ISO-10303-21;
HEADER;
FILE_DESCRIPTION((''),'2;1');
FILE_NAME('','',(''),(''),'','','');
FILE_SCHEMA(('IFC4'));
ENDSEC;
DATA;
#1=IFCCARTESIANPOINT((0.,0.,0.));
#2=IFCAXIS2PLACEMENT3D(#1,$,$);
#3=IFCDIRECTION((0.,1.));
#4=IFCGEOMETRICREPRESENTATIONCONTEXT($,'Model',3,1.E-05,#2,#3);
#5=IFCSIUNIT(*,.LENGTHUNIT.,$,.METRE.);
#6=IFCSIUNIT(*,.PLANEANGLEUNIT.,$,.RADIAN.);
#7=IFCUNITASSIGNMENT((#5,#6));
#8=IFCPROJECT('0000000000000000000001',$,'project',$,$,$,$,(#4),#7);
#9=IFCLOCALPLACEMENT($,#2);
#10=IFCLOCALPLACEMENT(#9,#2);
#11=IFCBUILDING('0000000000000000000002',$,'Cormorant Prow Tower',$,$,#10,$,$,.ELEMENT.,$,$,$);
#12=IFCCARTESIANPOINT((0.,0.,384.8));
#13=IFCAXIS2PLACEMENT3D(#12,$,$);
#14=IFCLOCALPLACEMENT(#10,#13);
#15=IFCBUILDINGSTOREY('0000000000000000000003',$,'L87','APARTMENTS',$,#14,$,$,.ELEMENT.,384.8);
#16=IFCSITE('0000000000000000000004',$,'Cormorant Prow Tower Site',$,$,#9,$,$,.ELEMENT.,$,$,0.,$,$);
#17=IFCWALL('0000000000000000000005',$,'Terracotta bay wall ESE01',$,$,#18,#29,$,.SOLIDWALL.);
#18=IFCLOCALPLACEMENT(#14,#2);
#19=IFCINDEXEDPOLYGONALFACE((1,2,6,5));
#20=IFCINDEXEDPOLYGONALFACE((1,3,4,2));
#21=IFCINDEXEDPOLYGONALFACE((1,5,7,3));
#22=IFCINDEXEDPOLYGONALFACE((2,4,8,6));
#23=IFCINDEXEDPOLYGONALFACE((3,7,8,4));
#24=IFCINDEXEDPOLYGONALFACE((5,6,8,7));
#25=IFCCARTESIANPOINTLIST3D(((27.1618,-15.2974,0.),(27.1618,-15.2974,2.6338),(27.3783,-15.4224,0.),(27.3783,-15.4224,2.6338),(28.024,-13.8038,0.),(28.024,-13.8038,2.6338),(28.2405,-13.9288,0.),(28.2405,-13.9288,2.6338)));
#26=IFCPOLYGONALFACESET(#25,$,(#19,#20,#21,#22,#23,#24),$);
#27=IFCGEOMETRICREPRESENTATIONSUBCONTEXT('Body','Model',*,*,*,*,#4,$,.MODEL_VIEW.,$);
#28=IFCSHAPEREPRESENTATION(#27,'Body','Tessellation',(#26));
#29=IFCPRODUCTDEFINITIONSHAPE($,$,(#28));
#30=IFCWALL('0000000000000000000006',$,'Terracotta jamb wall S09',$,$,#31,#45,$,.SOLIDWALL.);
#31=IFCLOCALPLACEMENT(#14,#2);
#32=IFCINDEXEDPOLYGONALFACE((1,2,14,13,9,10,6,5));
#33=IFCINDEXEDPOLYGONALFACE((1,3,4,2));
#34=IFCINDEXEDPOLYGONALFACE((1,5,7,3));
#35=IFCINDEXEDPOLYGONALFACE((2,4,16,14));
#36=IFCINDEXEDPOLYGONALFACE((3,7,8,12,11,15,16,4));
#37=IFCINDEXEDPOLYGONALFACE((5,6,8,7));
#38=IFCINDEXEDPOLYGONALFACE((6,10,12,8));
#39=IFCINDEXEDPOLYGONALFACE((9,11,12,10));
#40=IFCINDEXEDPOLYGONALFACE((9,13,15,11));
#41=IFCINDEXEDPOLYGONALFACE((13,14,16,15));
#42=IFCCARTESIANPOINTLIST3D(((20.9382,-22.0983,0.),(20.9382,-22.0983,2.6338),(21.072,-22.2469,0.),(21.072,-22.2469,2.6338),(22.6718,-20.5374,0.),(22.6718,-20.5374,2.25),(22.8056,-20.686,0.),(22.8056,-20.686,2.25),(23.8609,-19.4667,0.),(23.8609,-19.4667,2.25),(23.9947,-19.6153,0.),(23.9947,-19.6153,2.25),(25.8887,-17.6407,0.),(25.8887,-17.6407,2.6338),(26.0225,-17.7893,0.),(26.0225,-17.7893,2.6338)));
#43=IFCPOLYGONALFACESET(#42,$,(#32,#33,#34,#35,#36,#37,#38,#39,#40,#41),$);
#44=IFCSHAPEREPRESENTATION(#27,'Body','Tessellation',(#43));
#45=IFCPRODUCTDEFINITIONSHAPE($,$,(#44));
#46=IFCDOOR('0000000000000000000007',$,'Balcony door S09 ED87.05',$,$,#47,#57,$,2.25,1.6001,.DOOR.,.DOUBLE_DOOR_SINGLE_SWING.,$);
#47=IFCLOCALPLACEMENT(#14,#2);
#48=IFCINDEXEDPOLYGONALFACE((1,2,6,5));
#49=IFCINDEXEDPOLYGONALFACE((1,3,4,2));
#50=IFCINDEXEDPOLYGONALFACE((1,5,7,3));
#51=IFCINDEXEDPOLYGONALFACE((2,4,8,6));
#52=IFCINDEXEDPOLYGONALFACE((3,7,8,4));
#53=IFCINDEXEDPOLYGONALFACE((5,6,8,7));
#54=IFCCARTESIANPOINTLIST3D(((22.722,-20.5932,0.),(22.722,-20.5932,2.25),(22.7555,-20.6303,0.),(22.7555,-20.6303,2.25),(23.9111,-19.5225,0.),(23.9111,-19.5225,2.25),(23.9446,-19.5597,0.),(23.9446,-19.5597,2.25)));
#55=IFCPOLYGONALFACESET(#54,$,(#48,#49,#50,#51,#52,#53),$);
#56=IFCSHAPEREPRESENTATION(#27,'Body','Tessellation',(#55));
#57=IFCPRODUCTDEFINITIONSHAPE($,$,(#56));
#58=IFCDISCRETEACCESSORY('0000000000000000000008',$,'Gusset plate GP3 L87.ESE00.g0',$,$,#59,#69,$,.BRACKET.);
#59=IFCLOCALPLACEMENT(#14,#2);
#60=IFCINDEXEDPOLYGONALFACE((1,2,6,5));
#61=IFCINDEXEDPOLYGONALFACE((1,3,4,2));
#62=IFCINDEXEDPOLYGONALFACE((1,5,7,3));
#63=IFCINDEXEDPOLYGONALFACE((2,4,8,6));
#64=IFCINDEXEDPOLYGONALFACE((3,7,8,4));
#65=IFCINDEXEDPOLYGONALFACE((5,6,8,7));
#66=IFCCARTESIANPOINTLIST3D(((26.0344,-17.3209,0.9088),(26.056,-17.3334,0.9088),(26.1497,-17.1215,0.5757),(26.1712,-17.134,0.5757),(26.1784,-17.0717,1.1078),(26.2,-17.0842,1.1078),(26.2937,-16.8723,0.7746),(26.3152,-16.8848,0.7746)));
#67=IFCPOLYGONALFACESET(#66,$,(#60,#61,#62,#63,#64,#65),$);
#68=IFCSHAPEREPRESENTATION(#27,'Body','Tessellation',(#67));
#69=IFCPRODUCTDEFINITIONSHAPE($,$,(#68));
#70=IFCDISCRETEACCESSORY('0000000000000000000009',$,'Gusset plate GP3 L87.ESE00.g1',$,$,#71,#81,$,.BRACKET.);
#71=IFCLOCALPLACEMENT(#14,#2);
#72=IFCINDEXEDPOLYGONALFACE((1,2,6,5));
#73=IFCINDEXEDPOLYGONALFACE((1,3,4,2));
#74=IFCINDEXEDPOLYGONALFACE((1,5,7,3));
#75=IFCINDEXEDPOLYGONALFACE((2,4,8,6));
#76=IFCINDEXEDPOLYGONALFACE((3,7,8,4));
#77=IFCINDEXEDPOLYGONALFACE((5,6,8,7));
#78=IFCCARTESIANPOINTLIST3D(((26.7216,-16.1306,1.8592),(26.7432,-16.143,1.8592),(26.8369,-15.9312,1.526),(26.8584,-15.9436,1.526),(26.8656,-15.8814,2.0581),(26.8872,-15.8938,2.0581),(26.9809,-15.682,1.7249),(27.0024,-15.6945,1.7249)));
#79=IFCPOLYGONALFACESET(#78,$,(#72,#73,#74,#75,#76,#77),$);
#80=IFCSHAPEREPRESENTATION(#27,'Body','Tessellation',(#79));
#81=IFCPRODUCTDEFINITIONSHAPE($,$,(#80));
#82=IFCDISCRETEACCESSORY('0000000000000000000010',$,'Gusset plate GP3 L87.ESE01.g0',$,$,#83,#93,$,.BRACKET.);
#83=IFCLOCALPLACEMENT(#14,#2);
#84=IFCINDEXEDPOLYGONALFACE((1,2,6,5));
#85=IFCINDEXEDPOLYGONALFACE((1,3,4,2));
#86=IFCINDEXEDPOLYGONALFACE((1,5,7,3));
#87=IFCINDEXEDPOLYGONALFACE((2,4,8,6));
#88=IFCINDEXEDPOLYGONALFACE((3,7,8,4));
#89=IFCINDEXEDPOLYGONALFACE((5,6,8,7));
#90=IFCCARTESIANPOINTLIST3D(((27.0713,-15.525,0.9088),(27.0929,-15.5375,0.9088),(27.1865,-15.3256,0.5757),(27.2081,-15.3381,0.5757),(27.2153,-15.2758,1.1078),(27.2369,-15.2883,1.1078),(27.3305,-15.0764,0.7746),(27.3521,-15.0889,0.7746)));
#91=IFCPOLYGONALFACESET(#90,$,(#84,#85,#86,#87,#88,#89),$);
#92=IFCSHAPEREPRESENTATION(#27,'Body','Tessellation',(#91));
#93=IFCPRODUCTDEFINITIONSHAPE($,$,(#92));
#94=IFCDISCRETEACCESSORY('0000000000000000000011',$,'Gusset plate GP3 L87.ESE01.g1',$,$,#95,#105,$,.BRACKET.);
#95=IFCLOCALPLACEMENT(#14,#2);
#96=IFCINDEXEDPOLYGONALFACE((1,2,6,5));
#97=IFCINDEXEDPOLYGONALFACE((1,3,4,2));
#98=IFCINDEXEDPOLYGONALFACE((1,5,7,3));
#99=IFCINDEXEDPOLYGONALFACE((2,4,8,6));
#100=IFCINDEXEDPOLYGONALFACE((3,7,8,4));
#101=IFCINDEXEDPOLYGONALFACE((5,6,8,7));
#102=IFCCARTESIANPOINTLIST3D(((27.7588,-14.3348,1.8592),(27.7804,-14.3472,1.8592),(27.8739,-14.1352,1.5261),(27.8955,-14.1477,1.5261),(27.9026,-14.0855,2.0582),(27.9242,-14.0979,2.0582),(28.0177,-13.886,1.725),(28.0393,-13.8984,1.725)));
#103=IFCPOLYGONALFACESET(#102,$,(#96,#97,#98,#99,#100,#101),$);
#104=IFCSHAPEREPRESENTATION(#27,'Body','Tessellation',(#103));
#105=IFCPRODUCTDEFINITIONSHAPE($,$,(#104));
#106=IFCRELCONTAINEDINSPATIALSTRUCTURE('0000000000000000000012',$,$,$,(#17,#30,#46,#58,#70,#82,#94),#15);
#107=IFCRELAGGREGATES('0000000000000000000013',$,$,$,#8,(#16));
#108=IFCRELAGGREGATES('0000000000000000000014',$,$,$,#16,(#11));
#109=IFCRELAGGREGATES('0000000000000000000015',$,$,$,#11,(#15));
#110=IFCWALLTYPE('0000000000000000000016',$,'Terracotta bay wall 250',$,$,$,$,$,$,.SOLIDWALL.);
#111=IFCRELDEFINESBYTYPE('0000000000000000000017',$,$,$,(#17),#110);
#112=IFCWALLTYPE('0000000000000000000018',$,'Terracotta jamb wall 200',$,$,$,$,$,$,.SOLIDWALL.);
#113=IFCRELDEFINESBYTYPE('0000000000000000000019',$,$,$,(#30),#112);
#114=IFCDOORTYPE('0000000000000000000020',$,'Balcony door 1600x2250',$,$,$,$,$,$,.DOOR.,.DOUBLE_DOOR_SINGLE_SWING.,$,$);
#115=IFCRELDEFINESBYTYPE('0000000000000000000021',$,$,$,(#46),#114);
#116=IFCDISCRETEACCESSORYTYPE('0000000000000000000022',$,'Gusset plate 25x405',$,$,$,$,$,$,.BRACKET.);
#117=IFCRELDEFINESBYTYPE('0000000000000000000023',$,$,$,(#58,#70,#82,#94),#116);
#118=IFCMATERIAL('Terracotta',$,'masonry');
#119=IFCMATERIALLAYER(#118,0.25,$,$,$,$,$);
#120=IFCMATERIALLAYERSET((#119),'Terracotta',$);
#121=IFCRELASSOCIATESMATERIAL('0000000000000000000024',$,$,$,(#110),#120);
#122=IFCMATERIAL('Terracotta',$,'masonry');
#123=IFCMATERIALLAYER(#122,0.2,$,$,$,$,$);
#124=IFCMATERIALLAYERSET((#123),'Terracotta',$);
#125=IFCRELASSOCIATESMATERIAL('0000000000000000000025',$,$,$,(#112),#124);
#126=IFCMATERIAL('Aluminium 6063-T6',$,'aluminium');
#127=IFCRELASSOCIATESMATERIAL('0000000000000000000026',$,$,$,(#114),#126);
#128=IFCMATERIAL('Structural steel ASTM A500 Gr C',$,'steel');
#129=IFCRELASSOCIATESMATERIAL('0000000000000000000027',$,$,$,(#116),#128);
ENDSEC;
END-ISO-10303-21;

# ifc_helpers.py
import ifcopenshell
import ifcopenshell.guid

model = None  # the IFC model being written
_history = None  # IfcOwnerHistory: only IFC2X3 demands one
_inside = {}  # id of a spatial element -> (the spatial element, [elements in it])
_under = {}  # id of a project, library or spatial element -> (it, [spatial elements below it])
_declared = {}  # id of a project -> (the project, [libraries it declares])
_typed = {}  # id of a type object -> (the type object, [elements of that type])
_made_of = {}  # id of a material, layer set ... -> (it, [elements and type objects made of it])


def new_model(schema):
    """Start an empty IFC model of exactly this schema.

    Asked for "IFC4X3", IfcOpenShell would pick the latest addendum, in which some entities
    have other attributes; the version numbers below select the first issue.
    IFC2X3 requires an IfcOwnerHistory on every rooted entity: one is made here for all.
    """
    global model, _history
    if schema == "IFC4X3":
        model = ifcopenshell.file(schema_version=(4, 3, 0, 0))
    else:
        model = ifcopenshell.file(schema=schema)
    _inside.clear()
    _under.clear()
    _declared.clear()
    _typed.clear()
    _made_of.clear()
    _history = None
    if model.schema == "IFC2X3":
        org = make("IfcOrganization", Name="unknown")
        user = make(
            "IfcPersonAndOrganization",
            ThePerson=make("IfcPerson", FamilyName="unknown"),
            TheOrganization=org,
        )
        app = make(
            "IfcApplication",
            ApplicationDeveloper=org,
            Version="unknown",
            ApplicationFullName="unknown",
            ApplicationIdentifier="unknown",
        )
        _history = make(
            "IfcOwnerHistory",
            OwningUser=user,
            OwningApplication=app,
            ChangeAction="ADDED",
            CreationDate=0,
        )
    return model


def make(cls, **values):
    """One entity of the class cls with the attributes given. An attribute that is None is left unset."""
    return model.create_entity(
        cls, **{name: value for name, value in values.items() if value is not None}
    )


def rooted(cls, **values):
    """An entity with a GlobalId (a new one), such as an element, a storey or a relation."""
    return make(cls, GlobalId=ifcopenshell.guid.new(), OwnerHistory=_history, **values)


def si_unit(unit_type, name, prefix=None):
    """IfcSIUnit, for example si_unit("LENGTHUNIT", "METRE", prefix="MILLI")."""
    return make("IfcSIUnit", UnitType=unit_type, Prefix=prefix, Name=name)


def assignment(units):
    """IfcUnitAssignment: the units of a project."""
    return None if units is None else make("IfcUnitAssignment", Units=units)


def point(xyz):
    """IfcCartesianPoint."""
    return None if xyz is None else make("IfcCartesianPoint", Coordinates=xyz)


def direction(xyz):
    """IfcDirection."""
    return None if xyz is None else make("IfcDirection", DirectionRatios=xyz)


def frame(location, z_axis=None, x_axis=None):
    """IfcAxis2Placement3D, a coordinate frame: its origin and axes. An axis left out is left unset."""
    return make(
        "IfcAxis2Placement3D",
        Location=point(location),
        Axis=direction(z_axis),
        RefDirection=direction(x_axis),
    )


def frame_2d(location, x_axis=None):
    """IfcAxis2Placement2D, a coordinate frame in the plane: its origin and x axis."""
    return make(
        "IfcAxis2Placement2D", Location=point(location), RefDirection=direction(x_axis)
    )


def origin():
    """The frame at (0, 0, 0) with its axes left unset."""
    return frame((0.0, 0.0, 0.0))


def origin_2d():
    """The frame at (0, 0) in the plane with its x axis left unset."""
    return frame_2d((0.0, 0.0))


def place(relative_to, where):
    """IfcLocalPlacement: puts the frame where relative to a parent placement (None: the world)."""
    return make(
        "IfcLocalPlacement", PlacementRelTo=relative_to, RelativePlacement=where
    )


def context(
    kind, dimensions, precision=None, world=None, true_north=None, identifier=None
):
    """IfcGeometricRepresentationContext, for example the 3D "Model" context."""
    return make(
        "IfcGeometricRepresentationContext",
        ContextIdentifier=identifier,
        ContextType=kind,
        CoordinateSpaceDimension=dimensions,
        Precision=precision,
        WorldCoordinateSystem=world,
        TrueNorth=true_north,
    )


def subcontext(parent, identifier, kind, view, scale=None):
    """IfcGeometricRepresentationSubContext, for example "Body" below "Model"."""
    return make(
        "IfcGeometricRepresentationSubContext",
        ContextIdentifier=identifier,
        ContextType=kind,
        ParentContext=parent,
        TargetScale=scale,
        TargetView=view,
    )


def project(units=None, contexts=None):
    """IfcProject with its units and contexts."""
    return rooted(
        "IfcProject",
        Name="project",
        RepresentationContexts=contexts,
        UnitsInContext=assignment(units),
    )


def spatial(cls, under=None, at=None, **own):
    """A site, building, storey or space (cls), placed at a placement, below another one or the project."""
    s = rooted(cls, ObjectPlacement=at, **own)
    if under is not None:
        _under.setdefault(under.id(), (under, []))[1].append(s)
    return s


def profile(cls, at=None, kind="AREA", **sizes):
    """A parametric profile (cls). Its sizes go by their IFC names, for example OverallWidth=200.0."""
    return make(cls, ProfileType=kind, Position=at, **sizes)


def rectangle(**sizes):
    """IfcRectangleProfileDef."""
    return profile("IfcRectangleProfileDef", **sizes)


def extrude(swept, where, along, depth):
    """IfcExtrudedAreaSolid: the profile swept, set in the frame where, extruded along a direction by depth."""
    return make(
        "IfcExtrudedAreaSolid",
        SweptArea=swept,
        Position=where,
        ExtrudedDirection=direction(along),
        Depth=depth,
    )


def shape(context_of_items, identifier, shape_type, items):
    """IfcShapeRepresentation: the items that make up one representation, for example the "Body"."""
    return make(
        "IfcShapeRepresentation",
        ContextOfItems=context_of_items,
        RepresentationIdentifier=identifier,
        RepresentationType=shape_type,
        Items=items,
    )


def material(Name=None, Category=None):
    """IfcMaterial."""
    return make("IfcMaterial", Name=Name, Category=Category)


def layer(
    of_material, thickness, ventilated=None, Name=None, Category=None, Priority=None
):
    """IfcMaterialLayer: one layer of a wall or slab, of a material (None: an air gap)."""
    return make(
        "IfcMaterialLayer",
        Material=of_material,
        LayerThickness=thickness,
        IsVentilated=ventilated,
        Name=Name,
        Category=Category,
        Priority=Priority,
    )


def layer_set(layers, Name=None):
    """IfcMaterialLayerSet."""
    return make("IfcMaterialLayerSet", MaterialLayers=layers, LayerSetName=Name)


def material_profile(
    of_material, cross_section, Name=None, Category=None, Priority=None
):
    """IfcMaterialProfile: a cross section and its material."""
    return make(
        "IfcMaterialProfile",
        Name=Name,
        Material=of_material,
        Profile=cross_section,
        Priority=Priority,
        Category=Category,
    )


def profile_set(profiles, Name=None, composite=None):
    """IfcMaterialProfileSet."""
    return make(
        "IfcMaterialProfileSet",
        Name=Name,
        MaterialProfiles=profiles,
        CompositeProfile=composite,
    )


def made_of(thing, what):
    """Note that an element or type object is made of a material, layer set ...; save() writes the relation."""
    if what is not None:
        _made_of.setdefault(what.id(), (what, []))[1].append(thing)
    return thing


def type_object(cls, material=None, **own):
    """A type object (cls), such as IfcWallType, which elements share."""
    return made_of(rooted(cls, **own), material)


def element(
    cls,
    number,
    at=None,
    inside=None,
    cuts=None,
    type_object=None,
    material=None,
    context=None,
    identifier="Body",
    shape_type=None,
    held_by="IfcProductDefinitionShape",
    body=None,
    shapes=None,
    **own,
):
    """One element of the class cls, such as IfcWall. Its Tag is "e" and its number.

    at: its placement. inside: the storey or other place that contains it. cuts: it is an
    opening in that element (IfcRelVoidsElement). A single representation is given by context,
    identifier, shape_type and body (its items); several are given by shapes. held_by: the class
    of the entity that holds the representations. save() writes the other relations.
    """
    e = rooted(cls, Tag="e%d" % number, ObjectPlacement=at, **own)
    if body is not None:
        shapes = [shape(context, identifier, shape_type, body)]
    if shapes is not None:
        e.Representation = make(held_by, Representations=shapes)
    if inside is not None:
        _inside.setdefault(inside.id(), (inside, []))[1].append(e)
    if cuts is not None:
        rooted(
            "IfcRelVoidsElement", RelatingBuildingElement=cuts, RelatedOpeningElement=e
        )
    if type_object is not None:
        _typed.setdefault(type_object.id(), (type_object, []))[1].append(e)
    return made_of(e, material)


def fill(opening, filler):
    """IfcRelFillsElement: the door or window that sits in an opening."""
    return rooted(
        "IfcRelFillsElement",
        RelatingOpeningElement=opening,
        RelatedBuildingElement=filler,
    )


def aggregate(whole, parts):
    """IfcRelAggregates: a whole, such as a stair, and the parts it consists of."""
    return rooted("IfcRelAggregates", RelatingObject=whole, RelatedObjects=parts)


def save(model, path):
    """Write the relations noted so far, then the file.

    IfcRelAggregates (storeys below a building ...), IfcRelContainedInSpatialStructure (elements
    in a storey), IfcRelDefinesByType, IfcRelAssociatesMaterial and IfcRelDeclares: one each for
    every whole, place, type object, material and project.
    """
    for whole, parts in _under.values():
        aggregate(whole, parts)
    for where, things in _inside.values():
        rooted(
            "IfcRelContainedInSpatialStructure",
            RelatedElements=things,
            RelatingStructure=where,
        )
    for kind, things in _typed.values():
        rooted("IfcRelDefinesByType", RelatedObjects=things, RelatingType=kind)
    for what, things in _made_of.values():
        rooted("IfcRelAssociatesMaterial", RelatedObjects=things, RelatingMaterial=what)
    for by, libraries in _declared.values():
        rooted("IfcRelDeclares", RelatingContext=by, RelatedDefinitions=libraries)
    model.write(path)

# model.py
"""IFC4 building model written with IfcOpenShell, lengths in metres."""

from ifc_helpers import new_model, si_unit, direction, frame, frame_2d, origin, origin_2d, place, context, subcontext, project, spatial, rectangle, extrude, material, layer, layer_set, material_profile, profile_set, type_object, element, fill, save


model = new_model("IFC4")

# Units and contexts
model_context = context("Model", 3, precision=1e-05, world=origin(), true_north=direction((0.0, 1.0)))
body_context = subcontext(model_context, "Body", "Model", "MODEL_VIEW")
ifc_project = project(units=[si_unit("LENGTHUNIT", "METRE"), si_unit("PLANEANGLEUNIT", "RADIAN")], contexts=[model_context])

# Site, building, storey
site_placement = place(None, origin())
site = spatial("IfcSite", under=ifc_project, at=site_placement, Name="Cormorant Prow Tower Site", CompositionType="ELEMENT", RefElevation=0.0)
building_placement = place(site_placement, origin())
building = spatial("IfcBuilding", under=site, at=building_placement, Name="Cormorant Prow Tower", CompositionType="ELEMENT")
storey_placement = place(building_placement, frame((0.0, 0.0, 384.8)))
storey = spatial("IfcBuildingStorey", under=building, at=storey_placement, Name="L87", Description="APARTMENTS", CompositionType="ELEMENT", Elevation=384.8)

# Shared definitions
ifc_material_1 = material(Name="Terracotta", Category="masonry")
ifc_layer_1 = layer(ifc_material_1, 0.25)
ifc_layer_set_1 = layer_set([ifc_layer_1], Name="Terracotta")
wall_type_1 = type_object("IfcWallType", Name="Terracotta bay wall 250", PredefinedType="SOLIDWALL", material=ifc_layer_set_1)

# Wall
wall_1_placement = place(storey_placement, frame((27.27, -15.3599, 0.0), z_axis=(0.0, 0.0, 1.0), x_axis=(0.499976, 0.866039, 0.0)))
element("IfcWall", 1, at=wall_1_placement, inside=storey, type_object=wall_type_1, Name="Terracotta bay wall ESE01", PredefinedType="SOLIDWALL", context=body_context, shape_type="SweptSolid", body=[
    extrude(rectangle(XDim=1.7246, YDim=0.25, at=frame_2d((0.8623, 0.0))), origin(), (0.0, 0.0, 1.0), 2.6338),
])

# Wall, opening, door
ifc_material_2 = material(Name="Terracotta", Category="masonry")
ifc_layer_2 = layer(ifc_material_2, 0.2)
ifc_layer_set_2 = layer_set([ifc_layer_2], Name="Terracotta")
wall_type_2 = type_object("IfcWallType", Name="Terracotta jamb wall 200", PredefinedType="SOLIDWALL", material=ifc_layer_set_2)
wall_2_placement = place(storey_placement, frame((21.0051, -22.1726, 0.0), z_axis=(0.0, 0.0, 1.0), x_axis=(0.743136, 0.669141, 0.0)))
wall_2 = element("IfcWall", 2, at=wall_2_placement, inside=storey, type_object=wall_type_2, Name="Terracotta jamb wall S09", PredefinedType="SOLIDWALL", context=body_context, shape_type="SweptSolid", body=[
    extrude(rectangle(XDim=6.6616, YDim=0.2, at=frame_2d((3.3308, 0.0))), origin(), (0.0, 0.0, 1.0), 2.6338),
])
opening_1_placement = place(wall_2_placement, frame((2.3328, 0.0, 0.0)))
opening_1 = element("IfcOpeningElement", 3, at=opening_1_placement, cuts=wall_2, PredefinedType="OPENING", context=body_context, shape_type="SweptSolid", body=[
    extrude(rectangle(XDim=1.6001, YDim=2.25, at=frame_2d((0.8, 1.125))), frame((0.0, 0.1099, 0.0), z_axis=(0.0, -1.0, 0.0), x_axis=(1.0, 0.0, 0.0)), (0.0, 0.0, 1.0), 0.22),
])
ifc_material_3 = material(Name="Aluminium 6063-T6", Category="aluminium")
door_type_1 = type_object("IfcDoorType", Name="Balcony door 1600x2250", OperationType="DOUBLE_DOOR_SINGLE_SWING", PredefinedType="DOOR", material=ifc_material_3)
door_1_placement = place(opening_1_placement, origin())
door_1 = element("IfcDoor", 4, at=door_1_placement, inside=storey, type_object=door_type_1, Name="Balcony door S09 ED87.05", OperationType="DOUBLE_DOOR_SINGLE_SWING", OverallHeight=2.25, OverallWidth=1.6001, PredefinedType="DOOR", context=body_context, shape_type="SweptSolid", body=[
    extrude(rectangle(XDim=1.6001, YDim=2.25, at=frame_2d((0.8, 1.125))), frame((0.0, 0.0249, 0.0), z_axis=(0.0, -1.0, 0.0), x_axis=(1.0, 0.0, 0.0)), (0.0, 0.0, 1.0), 0.05),
])
fill(opening_1, door_1)

# Discrete accessories
ifc_material_4 = material(Name="Structural steel ASTM A500 Gr C", Category="steel")
ifc_material_profile_1 = material_profile(ifc_material_4, rectangle(XDim=0.0249, YDim=0.405, at=origin_2d()), Name="Gusset plate 25x405")
ifc_profile_set_1 = profile_set([ifc_material_profile_1], Name="Structural steel ASTM A500 Gr C")
discrete_accessory_type = type_object("IfcDiscreteAccessoryType", Name="Gusset plate 25x405", PredefinedType="BRACKET", material=ifc_profile_set_1)
for number, where, z_axis, x_axis, name in (
    (5, (26.2468, -16.9783, 0.9412), (-0.411596, -0.71227, -0.56856), (0.865832, -0.500334, 0.0), "Gusset plate GP3 L87.ESE00.g0"),
    (6, (26.79, -16.0371, 1.6926), (0.411596, 0.71227, 0.56856), (-0.865832, 0.500334, 0.0), "Gusset plate GP3 L87.ESE00.g1"),
    (7, (27.2837, -15.1824, 0.9412), (-0.411596, -0.71227, -0.56856), (0.865832, -0.500334, 0.0), "Gusset plate GP3 L87.ESE01.g0"),
    (8, (27.8271, -14.2412, 1.6926), (0.411016, 0.712474, 0.568723), (-0.8662, 0.499698, 0.0), "Gusset plate GP3 L87.ESE01.g1"),
):
    element("IfcDiscreteAccessory", number, at=place(storey_placement, frame(where, z_axis=z_axis, x_axis=x_axis)), inside=storey, type_object=discrete_accessory_type, Name=name, PredefinedType="BRACKET", context=body_context, shape_type="SweptSolid", body=[
        extrude(rectangle(XDim=0.0249, YDim=0.405, at=origin_2d()), origin(), (0.0, 0.0, 1.0), 0.3499),
    ])

save(model, "model.ifc")
